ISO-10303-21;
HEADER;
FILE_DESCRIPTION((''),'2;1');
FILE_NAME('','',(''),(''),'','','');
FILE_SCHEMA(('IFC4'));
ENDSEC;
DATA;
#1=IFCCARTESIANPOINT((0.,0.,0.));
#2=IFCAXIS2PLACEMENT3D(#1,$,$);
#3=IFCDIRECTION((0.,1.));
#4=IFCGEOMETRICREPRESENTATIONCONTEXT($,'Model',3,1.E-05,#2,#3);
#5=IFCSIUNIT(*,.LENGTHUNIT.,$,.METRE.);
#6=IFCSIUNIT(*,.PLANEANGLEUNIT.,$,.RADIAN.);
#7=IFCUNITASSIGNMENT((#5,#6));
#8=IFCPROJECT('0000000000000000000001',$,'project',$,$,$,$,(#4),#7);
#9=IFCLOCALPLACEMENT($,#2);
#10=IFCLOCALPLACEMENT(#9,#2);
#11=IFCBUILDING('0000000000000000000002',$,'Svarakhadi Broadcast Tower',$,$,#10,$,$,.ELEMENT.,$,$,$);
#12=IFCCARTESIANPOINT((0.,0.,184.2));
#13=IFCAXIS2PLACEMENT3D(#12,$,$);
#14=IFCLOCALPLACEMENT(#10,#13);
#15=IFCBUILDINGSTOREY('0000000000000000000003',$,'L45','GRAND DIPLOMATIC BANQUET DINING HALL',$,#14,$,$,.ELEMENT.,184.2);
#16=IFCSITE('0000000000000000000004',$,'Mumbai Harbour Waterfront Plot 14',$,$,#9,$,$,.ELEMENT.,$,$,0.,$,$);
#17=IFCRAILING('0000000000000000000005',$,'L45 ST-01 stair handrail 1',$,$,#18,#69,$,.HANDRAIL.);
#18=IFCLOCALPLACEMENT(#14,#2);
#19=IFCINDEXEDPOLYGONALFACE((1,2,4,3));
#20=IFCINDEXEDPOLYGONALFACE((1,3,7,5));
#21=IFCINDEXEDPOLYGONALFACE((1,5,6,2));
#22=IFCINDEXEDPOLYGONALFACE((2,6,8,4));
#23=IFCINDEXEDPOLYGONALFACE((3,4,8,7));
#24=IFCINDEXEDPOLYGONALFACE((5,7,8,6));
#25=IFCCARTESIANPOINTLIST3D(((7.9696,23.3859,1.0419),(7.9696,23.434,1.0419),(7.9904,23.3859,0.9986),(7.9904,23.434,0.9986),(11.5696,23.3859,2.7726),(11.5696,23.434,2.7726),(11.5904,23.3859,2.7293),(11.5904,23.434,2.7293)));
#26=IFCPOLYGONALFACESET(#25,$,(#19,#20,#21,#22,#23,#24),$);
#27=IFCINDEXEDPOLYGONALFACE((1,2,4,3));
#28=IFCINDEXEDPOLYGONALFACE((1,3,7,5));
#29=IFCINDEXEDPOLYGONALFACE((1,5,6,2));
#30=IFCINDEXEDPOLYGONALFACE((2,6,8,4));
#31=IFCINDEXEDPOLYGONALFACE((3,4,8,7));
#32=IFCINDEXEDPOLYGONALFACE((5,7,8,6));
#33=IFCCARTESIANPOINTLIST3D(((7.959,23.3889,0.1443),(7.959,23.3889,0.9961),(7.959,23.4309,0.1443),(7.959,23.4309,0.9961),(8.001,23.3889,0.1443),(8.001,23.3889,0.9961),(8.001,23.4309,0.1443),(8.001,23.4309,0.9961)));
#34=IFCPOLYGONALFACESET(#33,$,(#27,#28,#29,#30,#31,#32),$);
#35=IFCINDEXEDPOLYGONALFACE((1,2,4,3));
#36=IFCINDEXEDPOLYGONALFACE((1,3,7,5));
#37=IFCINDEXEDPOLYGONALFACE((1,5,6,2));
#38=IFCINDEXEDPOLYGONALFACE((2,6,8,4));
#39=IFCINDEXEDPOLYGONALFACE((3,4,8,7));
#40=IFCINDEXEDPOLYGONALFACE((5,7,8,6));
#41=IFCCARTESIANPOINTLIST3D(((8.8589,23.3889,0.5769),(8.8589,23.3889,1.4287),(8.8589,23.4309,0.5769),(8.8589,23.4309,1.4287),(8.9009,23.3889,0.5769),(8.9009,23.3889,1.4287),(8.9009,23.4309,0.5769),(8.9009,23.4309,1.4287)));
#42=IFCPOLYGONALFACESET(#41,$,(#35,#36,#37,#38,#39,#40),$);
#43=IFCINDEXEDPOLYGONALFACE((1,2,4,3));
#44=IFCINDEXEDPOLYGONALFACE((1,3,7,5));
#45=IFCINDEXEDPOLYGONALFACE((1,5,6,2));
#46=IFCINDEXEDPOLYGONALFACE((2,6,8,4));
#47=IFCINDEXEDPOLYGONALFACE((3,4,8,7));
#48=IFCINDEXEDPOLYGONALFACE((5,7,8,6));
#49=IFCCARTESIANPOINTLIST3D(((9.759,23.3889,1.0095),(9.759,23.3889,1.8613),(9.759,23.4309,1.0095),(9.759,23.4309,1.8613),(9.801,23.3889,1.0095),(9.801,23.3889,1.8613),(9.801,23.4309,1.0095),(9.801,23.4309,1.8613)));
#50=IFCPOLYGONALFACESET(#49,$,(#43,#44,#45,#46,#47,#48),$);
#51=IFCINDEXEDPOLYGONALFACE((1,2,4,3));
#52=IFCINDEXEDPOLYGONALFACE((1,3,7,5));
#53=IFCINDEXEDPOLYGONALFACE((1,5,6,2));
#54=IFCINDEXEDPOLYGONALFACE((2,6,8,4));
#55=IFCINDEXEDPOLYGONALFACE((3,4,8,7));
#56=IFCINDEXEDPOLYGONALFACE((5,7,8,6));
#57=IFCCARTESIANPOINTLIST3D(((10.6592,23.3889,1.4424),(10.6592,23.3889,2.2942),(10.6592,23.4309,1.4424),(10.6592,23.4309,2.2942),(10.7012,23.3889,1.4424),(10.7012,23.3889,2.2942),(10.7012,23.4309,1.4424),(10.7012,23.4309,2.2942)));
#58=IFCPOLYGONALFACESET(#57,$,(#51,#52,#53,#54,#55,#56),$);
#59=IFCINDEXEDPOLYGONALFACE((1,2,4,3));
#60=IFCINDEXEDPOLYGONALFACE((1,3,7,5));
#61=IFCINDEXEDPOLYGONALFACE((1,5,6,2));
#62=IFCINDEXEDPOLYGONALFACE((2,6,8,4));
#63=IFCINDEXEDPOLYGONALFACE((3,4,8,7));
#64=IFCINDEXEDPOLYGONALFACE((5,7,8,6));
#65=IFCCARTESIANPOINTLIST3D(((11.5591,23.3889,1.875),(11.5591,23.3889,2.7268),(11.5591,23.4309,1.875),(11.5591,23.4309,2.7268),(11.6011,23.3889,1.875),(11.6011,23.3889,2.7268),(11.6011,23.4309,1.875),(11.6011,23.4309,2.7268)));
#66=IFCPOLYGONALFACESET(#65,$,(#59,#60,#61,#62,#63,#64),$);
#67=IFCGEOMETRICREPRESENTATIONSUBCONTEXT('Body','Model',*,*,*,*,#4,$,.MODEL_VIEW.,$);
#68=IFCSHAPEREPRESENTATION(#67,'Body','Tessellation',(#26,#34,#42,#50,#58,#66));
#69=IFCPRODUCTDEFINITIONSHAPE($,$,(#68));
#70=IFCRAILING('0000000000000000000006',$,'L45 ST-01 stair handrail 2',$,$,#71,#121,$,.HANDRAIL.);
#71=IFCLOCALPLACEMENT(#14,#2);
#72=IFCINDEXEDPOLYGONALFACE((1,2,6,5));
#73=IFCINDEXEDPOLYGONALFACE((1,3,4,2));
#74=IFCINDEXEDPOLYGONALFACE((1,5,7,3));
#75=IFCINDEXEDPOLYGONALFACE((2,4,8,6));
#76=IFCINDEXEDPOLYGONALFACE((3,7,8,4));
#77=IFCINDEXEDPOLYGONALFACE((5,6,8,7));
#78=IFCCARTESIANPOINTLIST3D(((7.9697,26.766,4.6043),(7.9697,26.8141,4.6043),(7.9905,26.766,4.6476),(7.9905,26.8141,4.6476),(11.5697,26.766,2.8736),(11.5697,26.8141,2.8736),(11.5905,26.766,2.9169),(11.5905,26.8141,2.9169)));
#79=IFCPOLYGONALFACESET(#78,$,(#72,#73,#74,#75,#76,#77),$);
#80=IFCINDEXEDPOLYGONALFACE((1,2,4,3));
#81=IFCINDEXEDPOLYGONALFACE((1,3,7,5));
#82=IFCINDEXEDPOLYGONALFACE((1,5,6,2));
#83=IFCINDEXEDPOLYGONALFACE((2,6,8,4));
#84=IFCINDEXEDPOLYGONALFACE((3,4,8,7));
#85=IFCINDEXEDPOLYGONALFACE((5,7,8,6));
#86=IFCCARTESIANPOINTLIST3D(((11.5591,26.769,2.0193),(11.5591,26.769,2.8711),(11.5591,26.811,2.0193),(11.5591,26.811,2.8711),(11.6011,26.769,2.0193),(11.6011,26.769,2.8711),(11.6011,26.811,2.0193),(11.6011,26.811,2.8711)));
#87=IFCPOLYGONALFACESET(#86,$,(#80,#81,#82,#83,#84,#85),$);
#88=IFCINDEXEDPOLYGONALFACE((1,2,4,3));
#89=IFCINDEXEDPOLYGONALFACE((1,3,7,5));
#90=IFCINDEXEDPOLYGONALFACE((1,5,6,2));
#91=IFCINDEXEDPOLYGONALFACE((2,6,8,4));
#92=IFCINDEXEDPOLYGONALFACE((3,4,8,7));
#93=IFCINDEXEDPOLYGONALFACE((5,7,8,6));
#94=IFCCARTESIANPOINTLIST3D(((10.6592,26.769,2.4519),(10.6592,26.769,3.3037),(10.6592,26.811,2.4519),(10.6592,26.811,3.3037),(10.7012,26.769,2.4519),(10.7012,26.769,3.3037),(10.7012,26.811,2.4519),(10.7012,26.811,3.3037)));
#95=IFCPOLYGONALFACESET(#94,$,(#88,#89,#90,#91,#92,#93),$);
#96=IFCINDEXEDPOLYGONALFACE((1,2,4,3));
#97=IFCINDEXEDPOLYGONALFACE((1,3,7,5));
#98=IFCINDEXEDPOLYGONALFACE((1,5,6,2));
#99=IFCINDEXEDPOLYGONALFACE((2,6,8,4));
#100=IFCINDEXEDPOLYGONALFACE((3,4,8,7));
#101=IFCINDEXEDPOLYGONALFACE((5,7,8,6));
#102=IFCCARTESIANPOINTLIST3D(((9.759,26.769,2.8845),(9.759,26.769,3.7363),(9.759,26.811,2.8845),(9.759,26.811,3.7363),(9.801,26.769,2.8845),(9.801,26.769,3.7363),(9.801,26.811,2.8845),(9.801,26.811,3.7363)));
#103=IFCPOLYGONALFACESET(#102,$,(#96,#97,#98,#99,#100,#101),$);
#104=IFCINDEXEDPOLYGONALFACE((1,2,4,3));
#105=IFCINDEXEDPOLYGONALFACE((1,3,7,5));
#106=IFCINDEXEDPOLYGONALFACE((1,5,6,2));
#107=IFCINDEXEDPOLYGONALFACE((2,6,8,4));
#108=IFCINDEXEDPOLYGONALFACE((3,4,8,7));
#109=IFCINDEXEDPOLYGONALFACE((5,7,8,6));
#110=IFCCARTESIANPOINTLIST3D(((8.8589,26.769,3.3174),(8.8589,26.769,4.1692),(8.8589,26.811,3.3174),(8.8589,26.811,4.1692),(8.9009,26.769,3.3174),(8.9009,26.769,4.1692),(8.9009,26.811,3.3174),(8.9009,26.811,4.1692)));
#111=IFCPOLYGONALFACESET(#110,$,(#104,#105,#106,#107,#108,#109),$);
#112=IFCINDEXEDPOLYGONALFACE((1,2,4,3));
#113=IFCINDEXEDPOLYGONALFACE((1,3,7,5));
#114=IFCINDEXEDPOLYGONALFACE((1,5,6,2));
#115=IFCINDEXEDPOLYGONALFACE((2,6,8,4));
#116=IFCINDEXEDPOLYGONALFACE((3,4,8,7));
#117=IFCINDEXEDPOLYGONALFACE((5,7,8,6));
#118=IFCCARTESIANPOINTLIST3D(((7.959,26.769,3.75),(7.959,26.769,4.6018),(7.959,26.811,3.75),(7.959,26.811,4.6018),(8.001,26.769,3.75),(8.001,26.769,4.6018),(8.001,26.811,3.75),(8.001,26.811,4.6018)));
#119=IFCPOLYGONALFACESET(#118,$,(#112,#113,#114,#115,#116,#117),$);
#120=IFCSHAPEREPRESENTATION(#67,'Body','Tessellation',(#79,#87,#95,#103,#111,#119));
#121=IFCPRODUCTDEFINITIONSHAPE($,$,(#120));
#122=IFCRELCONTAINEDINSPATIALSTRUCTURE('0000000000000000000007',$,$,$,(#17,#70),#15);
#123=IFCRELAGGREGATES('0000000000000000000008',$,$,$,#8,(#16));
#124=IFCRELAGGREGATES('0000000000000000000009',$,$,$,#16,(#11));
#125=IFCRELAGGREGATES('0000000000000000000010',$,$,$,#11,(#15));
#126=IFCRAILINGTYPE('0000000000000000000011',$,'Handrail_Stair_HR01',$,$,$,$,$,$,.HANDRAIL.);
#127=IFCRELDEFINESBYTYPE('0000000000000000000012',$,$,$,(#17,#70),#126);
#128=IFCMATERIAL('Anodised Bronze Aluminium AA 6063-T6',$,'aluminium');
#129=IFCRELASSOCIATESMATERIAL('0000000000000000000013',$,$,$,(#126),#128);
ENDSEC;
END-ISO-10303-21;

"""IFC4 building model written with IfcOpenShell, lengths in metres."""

from ifc_helpers import new_model, si_unit, direction, frame, origin, origin_2d, place, context, subcontext, project, spatial, rectangle, extrude, material, type_object, element, save


model = new_model("IFC4")

# Units and contexts
model_context = context("Model", 3, precision=1e-05, world=origin(), true_north=direction((0.0, 1.0)))
body_context = subcontext(model_context, "Body", "Model", "MODEL_VIEW")
ifc_project = project(units=[si_unit("LENGTHUNIT", "METRE"), si_unit("PLANEANGLEUNIT", "RADIAN")], contexts=[model_context])

# Site, building, storey
site_placement = place(None, origin())
site = spatial("IfcSite", under=ifc_project, at=site_placement, Name="Mumbai Harbour Waterfront Plot 14", CompositionType="ELEMENT", RefElevation=0.0)
building_placement = place(site_placement, origin())
building = spatial("IfcBuilding", under=site, at=building_placement, Name="Svarakhadi Broadcast Tower", CompositionType="ELEMENT")
storey_placement = place(building_placement, frame((0.0, 0.0, 184.2)))
storey = spatial("IfcBuildingStorey", under=building, at=storey_placement, Name="L45", Description="GRAND DIPLOMATIC BANQUET DINING HALL", CompositionType="ELEMENT", Elevation=184.2)

# Railings
ifc_material_1 = material(Name="Anodised Bronze Aluminium AA 6063-T6", Category="aluminium")
railing_type_1 = type_object("IfcRailingType", Name="Handrail_Stair_HR01", PredefinedType="HANDRAIL", material=ifc_material_1)
railing_1_placement = place(storey_placement, frame((7.98, 23.4099, 0.1443)))
element("IfcRailing", 1, at=railing_1_placement, inside=storey, type_object=railing_type_1, Name="L45 ST-01 stair handrail 1", PredefinedType="HANDRAIL", context=body_context, shape_type="SweptSolid", body=[
    extrude(rectangle(XDim=0.0481, YDim=0.0481, at=origin_2d()), frame((0.0, 0.0, 0.876), z_axis=(0.901263, 0.0, 0.433273), x_axis=(0.0, 1.0, 0.0)), (0.0, 0.0, 1.0), 3.9944),
    extrude(rectangle(XDim=0.042, YDim=0.042, at=origin_2d()), origin(), (0.0, 0.0, 1.0), 0.8518),
    extrude(rectangle(XDim=0.042, YDim=0.042, at=origin_2d()), frame((0.8999, 0.0, 0.4326)), (0.0, 0.0, 1.0), 0.8518),
    extrude(rectangle(XDim=0.042, YDim=0.042, at=origin_2d()), frame((1.8, 0.0, 0.8652)), (0.0, 0.0, 1.0), 0.8518),
    extrude(rectangle(XDim=0.042, YDim=0.042, at=origin_2d()), frame((2.7002, 0.0, 1.2981)), (0.0, 0.0, 1.0), 0.8518),
    extrude(rectangle(XDim=0.042, YDim=0.042, at=origin_2d()), frame((3.6001, 0.0, 1.7307)), (0.0, 0.0, 1.0), 0.8518),
])
railing_2_placement = place(storey_placement, frame((11.5801, 26.79, 2.0193)))
element("IfcRailing", 2, at=railing_2_placement, inside=storey, type_object=railing_type_1, Name="L45 ST-01 stair handrail 2", PredefinedType="HANDRAIL", context=body_context, shape_type="SweptSolid", body=[
    extrude(rectangle(XDim=0.0481, YDim=0.0481, at=origin_2d()), frame((0.0, 0.0, 0.876), z_axis=(-0.901263, 0.0, 0.433273), x_axis=(0.0, -1.0, 0.0)), (0.0, 0.0, 1.0), 3.9944),
    extrude(rectangle(XDim=0.042, YDim=0.042, at=origin_2d()), origin(), (0.0, 0.0, 1.0), 0.8518),
    extrude(rectangle(XDim=0.042, YDim=0.042, at=origin_2d()), frame((-0.8999, 0.0, 0.4326)), (0.0, 0.0, 1.0), 0.8518),
    extrude(rectangle(XDim=0.042, YDim=0.042, at=origin_2d()), frame((-1.8, 0.0, 0.8652)), (0.0, 0.0, 1.0), 0.8518),
    extrude(rectangle(XDim=0.042, YDim=0.042, at=origin_2d()), frame((-2.7002, 0.0, 1.2981)), (0.0, 0.0, 1.0), 0.8518),
    extrude(rectangle(XDim=0.042, YDim=0.042, at=origin_2d()), frame((-3.6001, 0.0, 1.7307)), (0.0, 0.0, 1.0), 0.8518),
])

save(model, "model.ifc")
